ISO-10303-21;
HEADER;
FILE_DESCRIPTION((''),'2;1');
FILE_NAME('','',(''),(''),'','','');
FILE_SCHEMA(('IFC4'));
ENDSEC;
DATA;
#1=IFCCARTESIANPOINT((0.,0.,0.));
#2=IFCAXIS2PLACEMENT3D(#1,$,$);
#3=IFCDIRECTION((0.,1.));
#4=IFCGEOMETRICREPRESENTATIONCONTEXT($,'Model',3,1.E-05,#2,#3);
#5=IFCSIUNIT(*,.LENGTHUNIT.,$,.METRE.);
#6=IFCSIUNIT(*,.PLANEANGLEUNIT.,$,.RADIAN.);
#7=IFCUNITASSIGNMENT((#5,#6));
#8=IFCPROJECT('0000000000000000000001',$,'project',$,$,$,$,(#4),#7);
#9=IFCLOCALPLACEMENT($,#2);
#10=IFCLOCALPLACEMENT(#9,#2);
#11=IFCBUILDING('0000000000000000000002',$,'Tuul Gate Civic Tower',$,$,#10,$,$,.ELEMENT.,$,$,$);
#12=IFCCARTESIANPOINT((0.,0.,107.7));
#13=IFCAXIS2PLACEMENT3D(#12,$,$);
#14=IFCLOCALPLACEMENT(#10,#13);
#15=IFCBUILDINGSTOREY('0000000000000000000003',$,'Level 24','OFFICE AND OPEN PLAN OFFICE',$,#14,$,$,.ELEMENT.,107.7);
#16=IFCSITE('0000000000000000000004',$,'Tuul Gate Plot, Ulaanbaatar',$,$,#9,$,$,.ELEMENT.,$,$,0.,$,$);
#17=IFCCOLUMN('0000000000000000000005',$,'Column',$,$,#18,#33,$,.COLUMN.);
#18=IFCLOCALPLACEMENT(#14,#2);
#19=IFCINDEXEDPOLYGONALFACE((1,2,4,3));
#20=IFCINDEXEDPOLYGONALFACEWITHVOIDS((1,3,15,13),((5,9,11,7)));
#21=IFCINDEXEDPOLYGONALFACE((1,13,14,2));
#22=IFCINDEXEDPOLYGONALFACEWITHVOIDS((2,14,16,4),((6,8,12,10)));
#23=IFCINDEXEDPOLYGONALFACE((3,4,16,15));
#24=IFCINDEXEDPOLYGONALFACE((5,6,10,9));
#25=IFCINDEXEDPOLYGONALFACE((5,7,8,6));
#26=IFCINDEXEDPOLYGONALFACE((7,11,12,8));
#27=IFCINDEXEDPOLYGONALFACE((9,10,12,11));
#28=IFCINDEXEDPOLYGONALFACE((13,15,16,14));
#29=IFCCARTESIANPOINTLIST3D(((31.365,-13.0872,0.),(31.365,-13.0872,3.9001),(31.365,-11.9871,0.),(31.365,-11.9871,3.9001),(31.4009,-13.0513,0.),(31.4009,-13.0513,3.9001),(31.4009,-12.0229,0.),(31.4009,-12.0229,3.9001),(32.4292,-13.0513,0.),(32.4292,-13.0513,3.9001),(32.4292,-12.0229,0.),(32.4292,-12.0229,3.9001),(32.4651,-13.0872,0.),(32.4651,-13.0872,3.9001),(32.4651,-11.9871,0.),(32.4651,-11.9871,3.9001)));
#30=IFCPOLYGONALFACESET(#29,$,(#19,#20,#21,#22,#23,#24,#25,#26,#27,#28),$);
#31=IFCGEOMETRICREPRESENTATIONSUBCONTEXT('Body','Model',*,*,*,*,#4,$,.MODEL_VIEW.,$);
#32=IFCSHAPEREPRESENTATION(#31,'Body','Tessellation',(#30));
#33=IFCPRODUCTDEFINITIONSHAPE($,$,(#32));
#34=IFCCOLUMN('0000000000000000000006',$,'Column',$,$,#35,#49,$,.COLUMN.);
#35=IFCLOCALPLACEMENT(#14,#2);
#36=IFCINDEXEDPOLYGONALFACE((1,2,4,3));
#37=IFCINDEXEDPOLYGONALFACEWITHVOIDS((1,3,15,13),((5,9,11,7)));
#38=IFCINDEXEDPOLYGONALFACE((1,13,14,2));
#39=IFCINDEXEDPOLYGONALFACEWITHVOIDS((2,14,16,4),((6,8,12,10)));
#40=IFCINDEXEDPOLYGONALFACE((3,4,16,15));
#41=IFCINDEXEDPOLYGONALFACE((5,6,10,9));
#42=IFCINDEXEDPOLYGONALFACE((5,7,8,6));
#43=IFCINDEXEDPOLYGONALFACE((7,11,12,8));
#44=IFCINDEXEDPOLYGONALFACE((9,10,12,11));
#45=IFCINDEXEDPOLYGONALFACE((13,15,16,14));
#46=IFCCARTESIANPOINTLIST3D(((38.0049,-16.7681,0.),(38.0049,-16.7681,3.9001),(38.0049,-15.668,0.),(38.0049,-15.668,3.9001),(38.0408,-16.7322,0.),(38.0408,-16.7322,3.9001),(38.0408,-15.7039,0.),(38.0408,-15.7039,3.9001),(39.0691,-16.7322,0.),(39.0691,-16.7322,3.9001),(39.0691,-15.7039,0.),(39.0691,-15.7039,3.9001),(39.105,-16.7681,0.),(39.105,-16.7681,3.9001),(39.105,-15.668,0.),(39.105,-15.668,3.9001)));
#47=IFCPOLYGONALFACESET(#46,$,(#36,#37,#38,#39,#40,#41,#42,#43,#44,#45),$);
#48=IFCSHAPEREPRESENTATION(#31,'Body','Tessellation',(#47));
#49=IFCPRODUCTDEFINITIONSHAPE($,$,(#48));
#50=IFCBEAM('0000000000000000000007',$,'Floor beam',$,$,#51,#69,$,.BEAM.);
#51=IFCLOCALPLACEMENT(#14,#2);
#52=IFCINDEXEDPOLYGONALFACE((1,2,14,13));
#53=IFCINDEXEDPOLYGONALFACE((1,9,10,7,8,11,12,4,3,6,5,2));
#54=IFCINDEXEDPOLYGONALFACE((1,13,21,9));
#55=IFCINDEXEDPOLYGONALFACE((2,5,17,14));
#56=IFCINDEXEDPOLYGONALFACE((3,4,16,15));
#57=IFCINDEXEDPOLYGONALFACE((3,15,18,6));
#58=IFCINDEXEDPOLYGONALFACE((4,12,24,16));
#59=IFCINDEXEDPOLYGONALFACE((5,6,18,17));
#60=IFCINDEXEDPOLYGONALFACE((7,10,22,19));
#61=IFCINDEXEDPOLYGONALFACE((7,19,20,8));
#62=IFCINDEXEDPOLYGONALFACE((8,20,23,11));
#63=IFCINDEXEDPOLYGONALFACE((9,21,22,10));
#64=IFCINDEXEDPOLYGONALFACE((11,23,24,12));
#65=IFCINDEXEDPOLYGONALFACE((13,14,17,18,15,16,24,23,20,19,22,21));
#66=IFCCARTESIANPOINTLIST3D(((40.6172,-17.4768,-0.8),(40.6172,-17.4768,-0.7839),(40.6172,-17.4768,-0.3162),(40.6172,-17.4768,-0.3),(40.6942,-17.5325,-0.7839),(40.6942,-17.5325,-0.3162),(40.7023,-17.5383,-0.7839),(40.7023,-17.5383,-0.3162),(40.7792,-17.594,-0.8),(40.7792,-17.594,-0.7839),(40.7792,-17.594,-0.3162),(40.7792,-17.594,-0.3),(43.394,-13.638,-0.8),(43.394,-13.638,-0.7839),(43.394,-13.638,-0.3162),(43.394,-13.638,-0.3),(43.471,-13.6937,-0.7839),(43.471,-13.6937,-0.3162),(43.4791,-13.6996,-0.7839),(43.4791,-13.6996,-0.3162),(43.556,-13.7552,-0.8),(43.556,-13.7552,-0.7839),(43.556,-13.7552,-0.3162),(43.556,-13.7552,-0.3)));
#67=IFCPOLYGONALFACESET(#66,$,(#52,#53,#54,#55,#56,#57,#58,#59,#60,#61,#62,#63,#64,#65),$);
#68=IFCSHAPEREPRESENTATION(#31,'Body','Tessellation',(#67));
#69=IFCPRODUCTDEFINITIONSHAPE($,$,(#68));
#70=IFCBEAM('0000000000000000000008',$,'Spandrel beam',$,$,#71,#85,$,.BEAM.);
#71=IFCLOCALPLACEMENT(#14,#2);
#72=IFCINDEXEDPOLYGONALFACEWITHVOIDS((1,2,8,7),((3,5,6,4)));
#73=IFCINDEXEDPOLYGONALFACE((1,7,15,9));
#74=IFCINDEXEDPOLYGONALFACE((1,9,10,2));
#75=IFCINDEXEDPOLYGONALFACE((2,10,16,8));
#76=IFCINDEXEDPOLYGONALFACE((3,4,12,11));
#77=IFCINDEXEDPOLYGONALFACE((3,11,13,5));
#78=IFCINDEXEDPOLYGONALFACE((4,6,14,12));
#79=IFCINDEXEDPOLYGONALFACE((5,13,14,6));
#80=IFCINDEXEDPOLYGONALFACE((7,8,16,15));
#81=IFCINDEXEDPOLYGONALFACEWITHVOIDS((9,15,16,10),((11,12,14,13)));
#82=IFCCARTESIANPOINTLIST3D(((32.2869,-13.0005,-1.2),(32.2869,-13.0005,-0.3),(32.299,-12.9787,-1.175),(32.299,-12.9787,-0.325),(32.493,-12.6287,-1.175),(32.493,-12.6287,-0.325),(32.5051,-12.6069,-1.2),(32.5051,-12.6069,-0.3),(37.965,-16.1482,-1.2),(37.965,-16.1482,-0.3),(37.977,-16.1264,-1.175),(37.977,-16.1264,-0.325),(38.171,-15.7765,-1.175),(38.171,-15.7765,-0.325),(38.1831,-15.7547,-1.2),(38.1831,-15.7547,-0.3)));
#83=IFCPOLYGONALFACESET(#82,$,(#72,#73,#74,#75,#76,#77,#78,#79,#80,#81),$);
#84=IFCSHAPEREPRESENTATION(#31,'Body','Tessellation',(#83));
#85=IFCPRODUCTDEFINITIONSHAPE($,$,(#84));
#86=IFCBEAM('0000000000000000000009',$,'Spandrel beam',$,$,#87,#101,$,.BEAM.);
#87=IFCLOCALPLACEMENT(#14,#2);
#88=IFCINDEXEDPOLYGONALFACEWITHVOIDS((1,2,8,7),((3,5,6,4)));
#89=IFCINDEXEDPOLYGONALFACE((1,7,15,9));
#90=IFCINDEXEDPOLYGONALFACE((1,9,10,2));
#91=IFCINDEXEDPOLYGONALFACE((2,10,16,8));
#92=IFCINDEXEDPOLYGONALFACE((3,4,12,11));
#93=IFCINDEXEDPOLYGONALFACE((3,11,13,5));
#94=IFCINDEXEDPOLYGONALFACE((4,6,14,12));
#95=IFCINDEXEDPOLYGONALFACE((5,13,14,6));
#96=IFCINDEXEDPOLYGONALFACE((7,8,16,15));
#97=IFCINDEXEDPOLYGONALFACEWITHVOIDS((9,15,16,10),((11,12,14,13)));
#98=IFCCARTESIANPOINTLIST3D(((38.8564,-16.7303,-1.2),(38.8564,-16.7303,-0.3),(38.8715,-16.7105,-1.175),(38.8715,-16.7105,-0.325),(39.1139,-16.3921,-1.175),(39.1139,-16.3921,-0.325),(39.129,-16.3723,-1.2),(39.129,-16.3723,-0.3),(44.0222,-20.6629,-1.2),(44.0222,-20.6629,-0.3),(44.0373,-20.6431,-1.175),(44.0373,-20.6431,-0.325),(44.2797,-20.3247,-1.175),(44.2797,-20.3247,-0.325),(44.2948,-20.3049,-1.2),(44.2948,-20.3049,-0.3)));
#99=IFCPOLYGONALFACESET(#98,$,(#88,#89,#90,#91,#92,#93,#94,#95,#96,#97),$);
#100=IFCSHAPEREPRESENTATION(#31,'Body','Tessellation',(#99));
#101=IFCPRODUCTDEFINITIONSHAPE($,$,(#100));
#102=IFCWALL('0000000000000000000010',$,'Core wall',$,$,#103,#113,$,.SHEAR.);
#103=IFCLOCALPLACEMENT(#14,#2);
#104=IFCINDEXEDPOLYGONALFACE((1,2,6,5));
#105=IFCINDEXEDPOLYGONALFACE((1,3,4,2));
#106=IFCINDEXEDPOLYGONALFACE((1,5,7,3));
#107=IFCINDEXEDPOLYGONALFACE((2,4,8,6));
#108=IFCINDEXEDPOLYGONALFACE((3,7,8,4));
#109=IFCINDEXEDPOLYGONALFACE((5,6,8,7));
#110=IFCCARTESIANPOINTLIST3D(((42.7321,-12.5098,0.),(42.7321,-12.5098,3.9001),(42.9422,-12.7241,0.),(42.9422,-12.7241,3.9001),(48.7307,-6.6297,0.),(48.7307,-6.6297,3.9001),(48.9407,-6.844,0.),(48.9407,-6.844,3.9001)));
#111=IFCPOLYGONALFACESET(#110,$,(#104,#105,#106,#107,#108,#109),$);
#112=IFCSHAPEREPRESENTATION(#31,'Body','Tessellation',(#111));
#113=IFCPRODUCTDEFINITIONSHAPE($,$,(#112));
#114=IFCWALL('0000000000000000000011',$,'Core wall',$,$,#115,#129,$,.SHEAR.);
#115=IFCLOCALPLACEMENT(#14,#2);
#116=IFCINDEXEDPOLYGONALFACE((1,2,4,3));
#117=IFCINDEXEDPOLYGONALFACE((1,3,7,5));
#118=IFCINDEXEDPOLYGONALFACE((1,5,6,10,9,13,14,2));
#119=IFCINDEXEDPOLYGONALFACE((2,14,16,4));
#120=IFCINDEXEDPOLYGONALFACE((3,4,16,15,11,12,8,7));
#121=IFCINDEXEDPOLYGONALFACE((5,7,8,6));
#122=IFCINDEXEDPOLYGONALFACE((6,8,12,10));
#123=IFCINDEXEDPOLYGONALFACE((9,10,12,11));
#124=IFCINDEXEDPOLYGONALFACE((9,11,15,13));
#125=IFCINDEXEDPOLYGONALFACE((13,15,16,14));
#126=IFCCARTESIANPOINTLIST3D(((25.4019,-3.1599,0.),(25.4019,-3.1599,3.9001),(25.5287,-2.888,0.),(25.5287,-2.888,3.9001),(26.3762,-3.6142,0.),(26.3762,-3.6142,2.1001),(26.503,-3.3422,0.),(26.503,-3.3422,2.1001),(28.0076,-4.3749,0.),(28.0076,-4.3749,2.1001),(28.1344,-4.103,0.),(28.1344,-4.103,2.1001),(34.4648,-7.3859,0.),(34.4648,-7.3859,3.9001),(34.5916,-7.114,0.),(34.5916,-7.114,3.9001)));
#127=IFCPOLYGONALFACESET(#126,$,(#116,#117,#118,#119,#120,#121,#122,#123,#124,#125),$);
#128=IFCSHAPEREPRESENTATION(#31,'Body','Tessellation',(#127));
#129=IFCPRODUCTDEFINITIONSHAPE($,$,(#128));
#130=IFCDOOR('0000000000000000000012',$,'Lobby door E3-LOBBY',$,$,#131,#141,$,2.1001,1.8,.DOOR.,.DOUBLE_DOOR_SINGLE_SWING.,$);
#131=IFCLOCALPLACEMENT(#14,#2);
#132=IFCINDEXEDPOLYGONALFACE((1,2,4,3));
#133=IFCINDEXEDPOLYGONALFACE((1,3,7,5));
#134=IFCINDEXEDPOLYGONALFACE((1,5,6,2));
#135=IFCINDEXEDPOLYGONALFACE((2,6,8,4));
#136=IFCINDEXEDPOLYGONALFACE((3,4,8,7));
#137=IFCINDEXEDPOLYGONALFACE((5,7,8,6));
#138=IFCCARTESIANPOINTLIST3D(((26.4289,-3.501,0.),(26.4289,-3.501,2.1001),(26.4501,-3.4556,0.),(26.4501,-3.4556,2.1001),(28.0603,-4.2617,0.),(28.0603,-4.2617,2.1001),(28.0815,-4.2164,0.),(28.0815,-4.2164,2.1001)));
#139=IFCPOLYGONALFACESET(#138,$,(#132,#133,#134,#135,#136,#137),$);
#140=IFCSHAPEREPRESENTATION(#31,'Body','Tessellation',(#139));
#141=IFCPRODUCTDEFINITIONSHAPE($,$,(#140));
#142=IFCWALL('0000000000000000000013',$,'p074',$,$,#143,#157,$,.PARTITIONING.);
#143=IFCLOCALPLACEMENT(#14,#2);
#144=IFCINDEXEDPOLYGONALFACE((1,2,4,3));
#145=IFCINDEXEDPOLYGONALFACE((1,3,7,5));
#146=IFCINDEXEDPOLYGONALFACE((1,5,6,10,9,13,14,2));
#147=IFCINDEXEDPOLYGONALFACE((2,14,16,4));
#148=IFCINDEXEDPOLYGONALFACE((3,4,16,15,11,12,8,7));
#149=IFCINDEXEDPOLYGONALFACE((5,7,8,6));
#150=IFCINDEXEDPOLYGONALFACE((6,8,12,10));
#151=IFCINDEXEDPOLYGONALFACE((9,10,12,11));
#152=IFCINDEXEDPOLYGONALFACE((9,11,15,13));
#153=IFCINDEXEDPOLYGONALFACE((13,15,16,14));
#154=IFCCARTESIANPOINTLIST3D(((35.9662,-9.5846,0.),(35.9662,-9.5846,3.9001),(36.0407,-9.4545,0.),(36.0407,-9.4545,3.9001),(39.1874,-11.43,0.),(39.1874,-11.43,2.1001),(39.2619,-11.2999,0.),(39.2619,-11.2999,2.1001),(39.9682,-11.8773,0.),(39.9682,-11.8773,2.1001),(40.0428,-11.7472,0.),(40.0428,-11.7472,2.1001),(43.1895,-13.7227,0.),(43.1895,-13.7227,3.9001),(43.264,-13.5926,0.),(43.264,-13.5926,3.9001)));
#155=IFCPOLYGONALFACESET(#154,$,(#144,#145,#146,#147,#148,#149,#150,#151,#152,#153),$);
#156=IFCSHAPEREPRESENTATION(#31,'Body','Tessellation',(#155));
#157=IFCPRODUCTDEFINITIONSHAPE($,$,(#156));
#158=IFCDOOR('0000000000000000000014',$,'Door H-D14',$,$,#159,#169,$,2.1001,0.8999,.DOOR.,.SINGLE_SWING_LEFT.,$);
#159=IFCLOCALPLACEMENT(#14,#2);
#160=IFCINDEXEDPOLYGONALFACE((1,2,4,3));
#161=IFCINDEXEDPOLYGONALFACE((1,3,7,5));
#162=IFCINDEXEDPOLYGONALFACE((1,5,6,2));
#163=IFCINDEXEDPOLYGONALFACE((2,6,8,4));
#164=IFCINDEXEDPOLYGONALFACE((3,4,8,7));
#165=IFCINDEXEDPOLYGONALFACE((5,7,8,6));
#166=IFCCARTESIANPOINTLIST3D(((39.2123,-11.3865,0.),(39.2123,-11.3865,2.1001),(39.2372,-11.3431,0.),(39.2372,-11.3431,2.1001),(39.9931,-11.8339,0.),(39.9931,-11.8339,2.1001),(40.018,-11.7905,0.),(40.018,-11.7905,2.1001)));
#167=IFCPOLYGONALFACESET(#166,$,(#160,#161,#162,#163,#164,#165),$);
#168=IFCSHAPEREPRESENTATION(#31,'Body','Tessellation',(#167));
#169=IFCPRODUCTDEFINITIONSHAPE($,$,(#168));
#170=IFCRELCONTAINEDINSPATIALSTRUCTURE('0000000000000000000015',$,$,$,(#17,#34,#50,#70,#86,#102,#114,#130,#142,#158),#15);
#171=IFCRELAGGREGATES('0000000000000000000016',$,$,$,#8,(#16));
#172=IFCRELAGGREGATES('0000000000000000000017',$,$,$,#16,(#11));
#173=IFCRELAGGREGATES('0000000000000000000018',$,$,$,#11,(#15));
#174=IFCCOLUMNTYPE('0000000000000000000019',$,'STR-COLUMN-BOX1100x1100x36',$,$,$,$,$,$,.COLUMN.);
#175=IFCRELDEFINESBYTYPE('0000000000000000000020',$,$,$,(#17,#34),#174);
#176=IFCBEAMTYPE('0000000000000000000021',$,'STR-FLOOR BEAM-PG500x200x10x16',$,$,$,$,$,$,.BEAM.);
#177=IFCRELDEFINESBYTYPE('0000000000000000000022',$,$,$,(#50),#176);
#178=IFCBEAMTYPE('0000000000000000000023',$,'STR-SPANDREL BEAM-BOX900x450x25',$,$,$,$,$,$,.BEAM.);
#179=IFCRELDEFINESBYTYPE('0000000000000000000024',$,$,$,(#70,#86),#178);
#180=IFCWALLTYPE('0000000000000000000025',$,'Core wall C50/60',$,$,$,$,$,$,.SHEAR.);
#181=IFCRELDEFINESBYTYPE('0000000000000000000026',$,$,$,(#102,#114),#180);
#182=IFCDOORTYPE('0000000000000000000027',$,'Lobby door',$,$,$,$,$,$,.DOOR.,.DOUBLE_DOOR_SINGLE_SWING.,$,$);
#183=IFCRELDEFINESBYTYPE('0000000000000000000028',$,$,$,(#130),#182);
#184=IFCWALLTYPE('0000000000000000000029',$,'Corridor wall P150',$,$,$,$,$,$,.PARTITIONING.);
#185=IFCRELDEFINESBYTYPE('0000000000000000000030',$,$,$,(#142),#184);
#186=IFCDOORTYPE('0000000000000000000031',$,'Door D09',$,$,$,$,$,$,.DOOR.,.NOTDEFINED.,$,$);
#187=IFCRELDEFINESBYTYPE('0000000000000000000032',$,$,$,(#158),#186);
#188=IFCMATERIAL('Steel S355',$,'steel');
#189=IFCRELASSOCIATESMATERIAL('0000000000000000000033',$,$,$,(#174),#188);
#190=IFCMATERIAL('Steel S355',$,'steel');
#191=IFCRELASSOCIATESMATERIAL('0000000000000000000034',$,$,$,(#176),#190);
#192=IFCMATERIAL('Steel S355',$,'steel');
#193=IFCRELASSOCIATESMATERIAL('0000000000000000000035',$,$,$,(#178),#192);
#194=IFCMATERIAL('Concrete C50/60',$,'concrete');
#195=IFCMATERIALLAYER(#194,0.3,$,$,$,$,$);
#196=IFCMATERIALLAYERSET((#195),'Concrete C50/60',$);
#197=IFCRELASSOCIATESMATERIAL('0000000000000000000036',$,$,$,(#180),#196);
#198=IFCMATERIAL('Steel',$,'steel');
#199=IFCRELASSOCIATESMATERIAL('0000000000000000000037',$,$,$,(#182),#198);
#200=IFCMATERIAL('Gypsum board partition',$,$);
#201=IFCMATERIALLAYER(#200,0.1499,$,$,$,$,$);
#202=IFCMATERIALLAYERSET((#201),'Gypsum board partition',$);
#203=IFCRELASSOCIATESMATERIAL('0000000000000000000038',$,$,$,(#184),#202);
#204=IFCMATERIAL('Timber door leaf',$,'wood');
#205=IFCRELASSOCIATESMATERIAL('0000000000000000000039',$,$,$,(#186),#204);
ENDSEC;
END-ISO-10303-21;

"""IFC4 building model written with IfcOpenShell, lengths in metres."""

from ifc_helpers import new_model, si_unit, direction, frame, frame_2d, origin, origin_2d, place, context, subcontext, project, spatial, rectangle, hollow_rectangle, i_section, extrude, material, layer, layer_set, material_profile, profile_set, type_object, element, fill, save


model = new_model("IFC4")

# Units and contexts
model_context = context("Model", 3, precision=1e-05, world=origin(), true_north=direction((0.0, 1.0)))
body_context = subcontext(model_context, "Body", "Model", "MODEL_VIEW")
ifc_project = project(units=[si_unit("LENGTHUNIT", "METRE"), si_unit("PLANEANGLEUNIT", "RADIAN")], contexts=[model_context])

# Site, building, storey
site_placement = place(None, origin())
site = spatial("IfcSite", under=ifc_project, at=site_placement, Name="Tuul Gate Plot, Ulaanbaatar", CompositionType="ELEMENT", RefElevation=0.0)
building_placement = place(site_placement, origin())
building = spatial("IfcBuilding", under=site, at=building_placement, Name="Tuul Gate Civic Tower", CompositionType="ELEMENT")
storey_placement = place(building_placement, frame((0.0, 0.0, 107.7)))
storey = spatial("IfcBuildingStorey", under=building, at=storey_placement, Name="Level 24", Description="OFFICE AND OPEN PLAN OFFICE", CompositionType="ELEMENT", Elevation=107.7)

# Columns
ifc_material_1 = material(Name="Steel S355", Category="steel")
ifc_material_profile_1 = material_profile(ifc_material_1, hollow_rectangle(XDim=1.1001, YDim=1.1001, WallThickness=0.0359, at=origin_2d()), Name="BOX1100x1100x36")
ifc_profile_set_1 = profile_set([ifc_material_profile_1], Name="Steel S355")
column_type = type_object("IfcColumnType", Name="STR-COLUMN-BOX1100x1100x36", PredefinedType="COLUMN", material=ifc_profile_set_1)
for number, where, z_axis, x_axis, name in (
    (1, (31.915, -12.5371, 0.0), (0.0, 0.0, 1.0), (1.0, 0.0, 0.0), "Column"),
    (2, (38.5549, -16.218, 0.0), (0.0, 0.0, 1.0), (1.0, 0.0, 0.0), "Column"),
):
    element("IfcColumn", number, at=place(storey_placement, frame(where, z_axis=z_axis, x_axis=x_axis)), inside=storey, type_object=column_type, Name=name, PredefinedType="COLUMN", context=body_context, shape_type="SweptSolid", body=[
        extrude(hollow_rectangle(XDim=1.1001, YDim=1.1001, WallThickness=0.0359, at=origin_2d()), origin(), (0.0, 0.0, 1.0), 3.9001),
    ])

# Beams
ifc_material_2 = material(Name="Steel S355", Category="steel")
ifc_material_profile_2 = material_profile(ifc_material_2, i_section(OverallWidth=0.2, OverallDepth=0.5, WebThickness=0.01, FlangeThickness=0.0161, at=origin_2d()), Name="PG500x200x10x16")
ifc_profile_set_2 = profile_set([ifc_material_profile_2], Name="Steel S355")
beam_type_1 = type_object("IfcBeamType", Name="STR-FLOOR BEAM-PG500x200x10x16", PredefinedType="BEAM", material=ifc_profile_set_2)
beam_1_placement = place(storey_placement, frame((40.6982, -17.5354, -0.55), z_axis=(0.586092, 0.810244, 0.0), x_axis=(-0.810244, 0.586092, 0.0)))
element("IfcBeam", 3, at=beam_1_placement, inside=storey, type_object=beam_type_1, Name="Floor beam", PredefinedType="BEAM", context=body_context, shape_type="SweptSolid", body=[
    extrude(i_section(OverallWidth=0.2, OverallDepth=0.5, WebThickness=0.01, FlangeThickness=0.0161, at=origin_2d()), origin(), (0.0, 0.0, 1.0), 4.7378),
])
ifc_material_3 = material(Name="Steel S355", Category="steel")
ifc_material_profile_3 = material_profile(ifc_material_3, hollow_rectangle(XDim=0.45, YDim=0.8999, WallThickness=0.0249, at=origin_2d()), Name="BOX900x450x25")
ifc_profile_set_3 = profile_set([ifc_material_profile_3], Name="Steel S355")
beam_type_2 = type_object("IfcBeamType", Name="STR-SPANDREL BEAM-BOX900x450x25", PredefinedType="BEAM", material=ifc_profile_set_3)
beam_2_placement = place(storey_placement, frame((32.396, -12.8037, -0.75), z_axis=(0.874597, -0.484851, 0.0), x_axis=(0.484851, 0.874597, 0.0)))
element("IfcBeam", 4, at=beam_2_placement, inside=storey, type_object=beam_type_2, Name="Spandrel beam", PredefinedType="BEAM", context=body_context, shape_type="SweptSolid", body=[
    extrude(hollow_rectangle(XDim=0.45, YDim=0.8999, WallThickness=0.0249, at=origin_2d()), origin(), (0.0, 0.0, 1.0), 6.4922),
])
beam_3_placement = place(storey_placement, frame((38.9927, -16.5513, -0.75), z_axis=(0.79567, -0.60573, 0.0), x_axis=(0.60573, 0.79567, 0.0)))
element("IfcBeam", 5, at=beam_3_placement, inside=storey, type_object=beam_type_2, Name="Spandrel beam", PredefinedType="BEAM", context=body_context, shape_type="SweptSolid", body=[
    extrude(hollow_rectangle(XDim=0.45, YDim=0.8999, WallThickness=0.0249, at=origin_2d()), origin(), (0.0, 0.0, 1.0), 6.4924),
])

# Wall
ifc_material_4 = material(Name="Concrete C50/60", Category="concrete")
ifc_layer_1 = layer(ifc_material_4, 0.3)
ifc_layer_set_1 = layer_set([ifc_layer_1], Name="Concrete C50/60")
wall_type_1 = type_object("IfcWallType", Name="Core wall C50/60", PredefinedType="SHEAR", material=ifc_layer_set_1)
wall_1_placement = place(storey_placement, frame((42.8372, -12.6169, 0.0), z_axis=(0.0, 0.0, 1.0), x_axis=(0.71412, 0.700023, 0.0)))
element("IfcWall", 6, at=wall_1_placement, inside=storey, type_object=wall_type_1, Name="Core wall", PredefinedType="SHEAR", context=body_context, shape_type="SweptSolid", body=[
    extrude(rectangle(XDim=8.3999, YDim=0.3, at=frame_2d((4.2, 0.0))), origin(), (0.0, 0.0, 1.0), 3.9001),
])

# Walls, openings, doors
wall_2_placement = place(storey_placement, frame((34.5283, -7.25, 0.0), z_axis=(0.0, 0.0, 1.0), x_axis=(-0.90631, 0.422613, 0.0)))
wall_2 = element("IfcWall", 7, at=wall_2_placement, inside=storey, type_object=wall_type_1, Name="Core wall", PredefinedType="SHEAR", context=body_context, shape_type="SweptSolid", body=[
    extrude(rectangle(XDim=9.9998, YDim=0.3, at=frame_2d((5.0, 0.0))), origin(), (0.0, 0.0, 1.0), 3.9001),
])
opening_1_placement = place(wall_2_placement, frame((7.125, 0.0, 0.0)))
opening_1 = element("IfcOpeningElement", 8, at=opening_1_placement, cuts=wall_2, PredefinedType="OPENING", context=body_context, shape_type="SweptSolid", body=[
    extrude(rectangle(XDim=1.8, YDim=2.1001, at=frame_2d((0.8999, 1.05))), frame((0.0, 0.1602, 0.0), z_axis=(0.0, -1.0, 0.0), x_axis=(1.0, 0.0, 0.0)), (0.0, 0.0, 1.0), 0.3201),
])
ifc_material_5 = material(Name="Steel", Category="steel")
door_type_1 = type_object("IfcDoorType", Name="Lobby door", OperationType="DOUBLE_DOOR_SINGLE_SWING", PredefinedType="DOOR", material=ifc_material_5)
door_1_placement = place(opening_1_placement, frame((1.8, 0.0, 0.0), z_axis=(0.0, 0.0, 1.0), x_axis=(-1.0, 0.0, 0.0)))
door_1 = element("IfcDoor", 9, at=door_1_placement, inside=storey, type_object=door_type_1, Name="Lobby door E3-LOBBY", OperationType="DOUBLE_DOOR_SINGLE_SWING", OverallHeight=2.1001, OverallWidth=1.8, PredefinedType="DOOR", context=body_context, shape_type="SweptSolid", body=[
    extrude(rectangle(XDim=1.8, YDim=2.1001, at=frame_2d((0.9001, 1.05))), frame((0.0, 0.0249, 0.0), z_axis=(0.0, -1.0, 0.0), x_axis=(1.0, 0.0, 0.0)), (0.0, 0.0, 1.0), 0.05),
])
fill(opening_1, door_1)
ifc_material_6 = material(Name="Gypsum board partition")
ifc_layer_2 = layer(ifc_material_6, 0.1499)
ifc_layer_set_2 = layer_set([ifc_layer_2], Name="Gypsum board partition")
wall_type_2 = type_object("IfcWallType", Name="Corridor wall P150", PredefinedType="PARTITIONING", material=ifc_layer_set_2)
wall_3_placement = place(storey_placement, frame((36.0034, -9.5195, 0.0), z_axis=(0.0, 0.0, 1.0), x_axis=(0.867698, -0.497092, 0.0)))
wall_3 = element("IfcWall", 10, at=wall_3_placement, inside=storey, type_object=wall_type_2, Name="p074", PredefinedType="PARTITIONING", context=body_context, shape_type="SweptSolid", body=[
    extrude(rectangle(XDim=8.3247, YDim=0.1499, at=frame_2d((4.1624, 0.0))), origin(), (0.0, 0.0, 1.0), 3.9001),
])
opening_2_placement = place(wall_3_placement, frame((3.7124, 0.0, 0.0)))
opening_2 = element("IfcOpeningElement", 11, at=opening_2_placement, cuts=wall_3, PredefinedType="OPENING", context=body_context, shape_type="SweptSolid", body=[
    extrude(rectangle(XDim=0.8999, YDim=2.1001, at=frame_2d((0.45, 1.05))), frame((0.0, 0.085, 0.0), z_axis=(0.0, -1.0, 0.0), x_axis=(1.0, 0.0, 0.0)), (0.0, 0.0, 1.0), 0.1699),
])
ifc_material_7 = material(Name="Timber door leaf", Category="wood")
door_type_2 = type_object("IfcDoorType", Name="Door D09", OperationType="NOTDEFINED", PredefinedType="DOOR", material=ifc_material_7)
door_2_placement = place(opening_2_placement, frame((0.8999, 0.0, 0.0), z_axis=(0.0, 0.0, 1.0), x_axis=(-1.0, 0.0, 0.0)))
door_2 = element("IfcDoor", 12, at=door_2_placement, inside=storey, type_object=door_type_2, Name="Door H-D14", OperationType="SINGLE_SWING_LEFT", OverallHeight=2.1001, OverallWidth=0.8999, PredefinedType="DOOR", context=body_context, shape_type="SweptSolid", body=[
    extrude(rectangle(XDim=0.8999, YDim=2.1001, at=frame_2d((0.45, 1.05))), frame((0.0, 0.0249, 0.0), z_axis=(0.0, -1.0, 0.0), x_axis=(1.0, 0.0, 0.0)), (0.0, 0.0, 1.0), 0.05),
])
fill(opening_2, door_2)

save(model, "model.ifc")
